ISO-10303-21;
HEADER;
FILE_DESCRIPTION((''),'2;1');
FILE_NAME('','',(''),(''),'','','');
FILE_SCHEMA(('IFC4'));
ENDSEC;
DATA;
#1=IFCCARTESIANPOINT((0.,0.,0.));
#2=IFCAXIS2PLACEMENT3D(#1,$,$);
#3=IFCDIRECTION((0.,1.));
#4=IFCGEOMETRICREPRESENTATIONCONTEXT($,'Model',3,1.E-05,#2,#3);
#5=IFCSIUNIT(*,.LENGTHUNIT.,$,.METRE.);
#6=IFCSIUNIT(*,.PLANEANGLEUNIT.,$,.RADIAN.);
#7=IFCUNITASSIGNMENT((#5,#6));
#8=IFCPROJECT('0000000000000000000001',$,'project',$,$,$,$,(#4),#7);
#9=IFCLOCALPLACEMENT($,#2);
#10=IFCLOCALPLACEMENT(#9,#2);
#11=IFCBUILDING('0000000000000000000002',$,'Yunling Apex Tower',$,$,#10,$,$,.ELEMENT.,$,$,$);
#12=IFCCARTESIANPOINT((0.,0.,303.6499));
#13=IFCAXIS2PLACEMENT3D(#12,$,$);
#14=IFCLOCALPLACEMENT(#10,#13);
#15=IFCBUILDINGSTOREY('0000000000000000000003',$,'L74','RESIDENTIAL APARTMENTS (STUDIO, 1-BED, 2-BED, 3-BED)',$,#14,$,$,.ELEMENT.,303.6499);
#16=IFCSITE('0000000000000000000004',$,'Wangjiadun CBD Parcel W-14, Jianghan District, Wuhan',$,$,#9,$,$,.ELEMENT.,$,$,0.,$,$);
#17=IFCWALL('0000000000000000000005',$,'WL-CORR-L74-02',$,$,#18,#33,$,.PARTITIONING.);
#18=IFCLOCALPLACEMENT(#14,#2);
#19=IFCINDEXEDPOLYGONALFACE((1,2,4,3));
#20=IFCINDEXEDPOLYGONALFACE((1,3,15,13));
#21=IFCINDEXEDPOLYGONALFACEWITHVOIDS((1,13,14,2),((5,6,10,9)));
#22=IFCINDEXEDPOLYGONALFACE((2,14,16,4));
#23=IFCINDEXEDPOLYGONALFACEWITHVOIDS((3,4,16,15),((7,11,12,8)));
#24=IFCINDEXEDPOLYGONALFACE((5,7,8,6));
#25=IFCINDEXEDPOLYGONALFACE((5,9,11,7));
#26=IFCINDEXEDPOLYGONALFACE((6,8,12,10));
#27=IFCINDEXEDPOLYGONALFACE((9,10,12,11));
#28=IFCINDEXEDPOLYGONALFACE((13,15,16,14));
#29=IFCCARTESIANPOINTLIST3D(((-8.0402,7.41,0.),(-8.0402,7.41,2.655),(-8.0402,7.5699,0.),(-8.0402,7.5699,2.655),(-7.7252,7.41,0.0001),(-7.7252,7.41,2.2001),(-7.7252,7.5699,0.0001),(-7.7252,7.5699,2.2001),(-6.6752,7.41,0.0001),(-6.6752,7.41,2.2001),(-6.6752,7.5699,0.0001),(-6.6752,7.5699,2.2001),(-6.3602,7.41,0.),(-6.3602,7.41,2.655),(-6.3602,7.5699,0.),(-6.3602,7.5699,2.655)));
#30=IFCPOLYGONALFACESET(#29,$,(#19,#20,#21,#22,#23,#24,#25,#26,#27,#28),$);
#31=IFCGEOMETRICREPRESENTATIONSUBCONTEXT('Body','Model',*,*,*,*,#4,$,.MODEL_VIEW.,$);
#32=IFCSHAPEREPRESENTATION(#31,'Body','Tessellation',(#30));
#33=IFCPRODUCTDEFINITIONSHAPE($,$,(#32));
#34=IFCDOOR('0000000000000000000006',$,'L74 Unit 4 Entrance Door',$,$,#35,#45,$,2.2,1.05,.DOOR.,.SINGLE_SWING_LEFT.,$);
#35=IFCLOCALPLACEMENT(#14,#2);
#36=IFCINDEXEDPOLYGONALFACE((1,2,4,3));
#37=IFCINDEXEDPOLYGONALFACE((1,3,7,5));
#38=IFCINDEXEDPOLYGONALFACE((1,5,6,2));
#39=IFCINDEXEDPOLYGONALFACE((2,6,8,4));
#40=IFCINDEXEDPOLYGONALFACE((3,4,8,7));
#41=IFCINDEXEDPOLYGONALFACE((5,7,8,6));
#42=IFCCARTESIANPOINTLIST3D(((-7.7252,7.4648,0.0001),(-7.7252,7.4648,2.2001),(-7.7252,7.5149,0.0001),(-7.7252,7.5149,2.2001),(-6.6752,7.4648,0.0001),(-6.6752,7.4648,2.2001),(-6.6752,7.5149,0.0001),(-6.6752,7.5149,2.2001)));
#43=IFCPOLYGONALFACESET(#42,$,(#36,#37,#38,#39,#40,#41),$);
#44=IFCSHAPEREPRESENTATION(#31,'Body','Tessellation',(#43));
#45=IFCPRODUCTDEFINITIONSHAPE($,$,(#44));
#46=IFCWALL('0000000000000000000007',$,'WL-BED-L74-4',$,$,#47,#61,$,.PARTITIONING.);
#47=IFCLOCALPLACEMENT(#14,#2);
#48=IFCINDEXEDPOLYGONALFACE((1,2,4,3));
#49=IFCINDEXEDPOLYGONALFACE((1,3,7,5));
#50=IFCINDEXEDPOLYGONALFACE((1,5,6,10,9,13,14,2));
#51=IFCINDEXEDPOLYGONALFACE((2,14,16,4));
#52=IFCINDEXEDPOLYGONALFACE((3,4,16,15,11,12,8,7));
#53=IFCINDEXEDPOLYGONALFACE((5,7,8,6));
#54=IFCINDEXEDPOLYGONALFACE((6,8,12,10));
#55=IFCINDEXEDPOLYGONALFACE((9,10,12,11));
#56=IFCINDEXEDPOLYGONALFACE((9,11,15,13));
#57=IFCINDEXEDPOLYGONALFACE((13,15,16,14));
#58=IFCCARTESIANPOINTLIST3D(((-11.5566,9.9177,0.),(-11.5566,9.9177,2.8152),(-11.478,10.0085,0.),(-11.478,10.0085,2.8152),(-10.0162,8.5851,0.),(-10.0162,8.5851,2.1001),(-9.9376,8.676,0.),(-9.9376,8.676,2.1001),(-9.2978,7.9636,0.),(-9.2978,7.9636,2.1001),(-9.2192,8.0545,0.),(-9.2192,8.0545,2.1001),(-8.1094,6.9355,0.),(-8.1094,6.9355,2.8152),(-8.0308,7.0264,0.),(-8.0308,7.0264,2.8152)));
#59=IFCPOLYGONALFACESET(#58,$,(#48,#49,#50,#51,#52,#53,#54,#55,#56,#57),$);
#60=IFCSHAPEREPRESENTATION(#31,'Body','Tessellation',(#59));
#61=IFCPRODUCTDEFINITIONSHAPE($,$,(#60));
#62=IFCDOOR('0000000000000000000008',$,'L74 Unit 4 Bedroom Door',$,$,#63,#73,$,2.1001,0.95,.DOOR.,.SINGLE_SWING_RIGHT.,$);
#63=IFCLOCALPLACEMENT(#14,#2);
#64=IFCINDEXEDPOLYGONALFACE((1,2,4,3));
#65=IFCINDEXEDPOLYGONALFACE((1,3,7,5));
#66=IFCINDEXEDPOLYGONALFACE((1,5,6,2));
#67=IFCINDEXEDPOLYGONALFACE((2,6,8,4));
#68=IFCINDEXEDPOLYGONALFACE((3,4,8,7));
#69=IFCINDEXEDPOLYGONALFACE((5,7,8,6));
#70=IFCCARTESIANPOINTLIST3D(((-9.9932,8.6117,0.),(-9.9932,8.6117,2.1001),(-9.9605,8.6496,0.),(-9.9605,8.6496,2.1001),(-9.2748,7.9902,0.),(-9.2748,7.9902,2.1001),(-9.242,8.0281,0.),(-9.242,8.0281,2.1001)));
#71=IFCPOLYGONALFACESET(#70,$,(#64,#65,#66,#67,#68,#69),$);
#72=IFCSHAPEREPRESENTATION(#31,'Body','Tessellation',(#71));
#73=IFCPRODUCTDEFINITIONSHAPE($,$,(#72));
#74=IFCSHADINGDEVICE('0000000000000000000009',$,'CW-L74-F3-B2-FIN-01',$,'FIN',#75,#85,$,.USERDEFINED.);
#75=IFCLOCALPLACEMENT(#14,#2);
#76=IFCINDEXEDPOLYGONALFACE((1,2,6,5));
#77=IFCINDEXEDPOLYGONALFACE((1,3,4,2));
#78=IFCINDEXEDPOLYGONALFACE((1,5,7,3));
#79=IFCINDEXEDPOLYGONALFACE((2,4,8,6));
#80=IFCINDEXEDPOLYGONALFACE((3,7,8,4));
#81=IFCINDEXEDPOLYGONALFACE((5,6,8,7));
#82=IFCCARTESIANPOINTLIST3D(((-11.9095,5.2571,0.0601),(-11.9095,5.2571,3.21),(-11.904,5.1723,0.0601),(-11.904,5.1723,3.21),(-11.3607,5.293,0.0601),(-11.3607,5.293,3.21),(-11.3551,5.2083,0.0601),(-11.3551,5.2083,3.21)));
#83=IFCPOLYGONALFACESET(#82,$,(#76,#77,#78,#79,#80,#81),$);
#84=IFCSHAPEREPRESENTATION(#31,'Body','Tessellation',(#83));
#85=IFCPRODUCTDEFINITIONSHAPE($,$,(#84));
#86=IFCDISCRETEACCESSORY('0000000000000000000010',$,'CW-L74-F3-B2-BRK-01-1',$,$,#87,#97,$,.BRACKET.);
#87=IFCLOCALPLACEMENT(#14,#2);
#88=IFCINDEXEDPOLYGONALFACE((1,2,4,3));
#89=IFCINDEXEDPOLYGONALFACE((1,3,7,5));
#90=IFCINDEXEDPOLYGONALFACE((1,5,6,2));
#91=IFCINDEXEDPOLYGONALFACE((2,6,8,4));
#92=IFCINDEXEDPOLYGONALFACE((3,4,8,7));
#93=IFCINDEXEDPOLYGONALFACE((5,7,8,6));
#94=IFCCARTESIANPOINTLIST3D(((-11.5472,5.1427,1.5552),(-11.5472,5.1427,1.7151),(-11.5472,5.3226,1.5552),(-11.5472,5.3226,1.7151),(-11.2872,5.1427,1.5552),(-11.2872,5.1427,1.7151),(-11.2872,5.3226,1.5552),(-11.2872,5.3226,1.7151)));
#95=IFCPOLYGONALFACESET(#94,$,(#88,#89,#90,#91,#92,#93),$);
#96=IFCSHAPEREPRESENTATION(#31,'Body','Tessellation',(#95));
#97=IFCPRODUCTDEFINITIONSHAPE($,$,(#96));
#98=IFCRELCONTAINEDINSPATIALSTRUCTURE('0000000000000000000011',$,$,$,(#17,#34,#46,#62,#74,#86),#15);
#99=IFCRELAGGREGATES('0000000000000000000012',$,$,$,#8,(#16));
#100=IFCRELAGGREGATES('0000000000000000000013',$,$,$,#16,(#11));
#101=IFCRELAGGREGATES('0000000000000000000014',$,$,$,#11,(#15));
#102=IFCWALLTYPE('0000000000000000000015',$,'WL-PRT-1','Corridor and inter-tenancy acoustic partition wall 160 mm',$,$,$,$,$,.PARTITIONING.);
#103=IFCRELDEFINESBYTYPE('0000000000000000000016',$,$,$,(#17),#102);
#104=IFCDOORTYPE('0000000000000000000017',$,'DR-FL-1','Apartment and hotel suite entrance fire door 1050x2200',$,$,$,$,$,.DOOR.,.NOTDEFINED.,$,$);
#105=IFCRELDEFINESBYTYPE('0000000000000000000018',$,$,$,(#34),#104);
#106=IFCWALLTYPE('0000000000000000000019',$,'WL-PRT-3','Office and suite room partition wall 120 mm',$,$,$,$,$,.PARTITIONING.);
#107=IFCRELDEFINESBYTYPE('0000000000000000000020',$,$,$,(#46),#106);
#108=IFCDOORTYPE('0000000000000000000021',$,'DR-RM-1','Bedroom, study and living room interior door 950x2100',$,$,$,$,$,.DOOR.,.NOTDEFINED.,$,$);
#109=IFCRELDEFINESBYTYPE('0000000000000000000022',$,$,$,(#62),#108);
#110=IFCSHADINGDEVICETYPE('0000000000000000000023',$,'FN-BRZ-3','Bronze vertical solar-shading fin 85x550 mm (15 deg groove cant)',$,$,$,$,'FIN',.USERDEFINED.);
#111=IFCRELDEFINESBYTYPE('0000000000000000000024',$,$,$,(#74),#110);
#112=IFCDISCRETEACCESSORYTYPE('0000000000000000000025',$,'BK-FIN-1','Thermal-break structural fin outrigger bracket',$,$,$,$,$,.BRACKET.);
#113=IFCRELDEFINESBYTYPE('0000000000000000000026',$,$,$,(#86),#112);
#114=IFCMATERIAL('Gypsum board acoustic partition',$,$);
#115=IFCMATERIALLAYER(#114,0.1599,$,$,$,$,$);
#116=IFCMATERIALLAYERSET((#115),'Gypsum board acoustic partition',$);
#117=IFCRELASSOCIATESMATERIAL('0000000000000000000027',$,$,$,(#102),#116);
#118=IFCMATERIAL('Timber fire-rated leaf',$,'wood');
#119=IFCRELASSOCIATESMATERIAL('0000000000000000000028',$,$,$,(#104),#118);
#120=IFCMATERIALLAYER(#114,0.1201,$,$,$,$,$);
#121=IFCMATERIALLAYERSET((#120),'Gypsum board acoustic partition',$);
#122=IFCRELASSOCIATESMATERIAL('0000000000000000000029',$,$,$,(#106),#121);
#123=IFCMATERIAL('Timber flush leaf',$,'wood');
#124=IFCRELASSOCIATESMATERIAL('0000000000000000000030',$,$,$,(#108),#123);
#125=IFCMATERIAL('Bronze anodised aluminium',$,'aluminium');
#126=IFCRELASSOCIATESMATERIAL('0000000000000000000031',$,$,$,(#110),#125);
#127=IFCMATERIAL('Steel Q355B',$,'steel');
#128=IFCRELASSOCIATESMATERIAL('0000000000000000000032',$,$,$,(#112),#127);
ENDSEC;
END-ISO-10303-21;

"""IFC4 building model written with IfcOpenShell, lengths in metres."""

from ifc_helpers import new_model, si_unit, direction, frame, frame_2d, origin, origin_2d, place, context, subcontext, project, spatial, rectangle, extrude, source, transform, mapped, material, layer, layer_set, material_profile, profile_set, type_object, element, fill, save


model = new_model("IFC4")

# Units and contexts
model_context = context("Model", 3, precision=1e-05, world=origin(), true_north=direction((0.0, 1.0)))
body_context = subcontext(model_context, "Body", "Model", "MODEL_VIEW")
ifc_project = project(units=[si_unit("LENGTHUNIT", "METRE"), si_unit("PLANEANGLEUNIT", "RADIAN")], contexts=[model_context])

# Site, building, storey
site_placement = place(None, origin())
site = spatial("IfcSite", under=ifc_project, at=site_placement, Name="Wangjiadun CBD Parcel W-14, Jianghan District, Wuhan", CompositionType="ELEMENT", RefElevation=0.0)
building_placement = place(site_placement, origin())
building = spatial("IfcBuilding", under=site, at=building_placement, Name="Yunling Apex Tower", CompositionType="ELEMENT")
storey_placement = place(building_placement, frame((0.0, 0.0, 303.6499)))
storey = spatial("IfcBuildingStorey", under=building, at=storey_placement, Name="L74", Description="RESIDENTIAL APARTMENTS (STUDIO, 1-BED, 2-BED, 3-BED)", CompositionType="ELEMENT", Elevation=303.6499)

# Shared definitions
ifc_material_1 = material(Name="Steel Q355B", Category="steel")

# Shared definitions
ifc_material_2 = material(Name="Bronze anodised aluminium", Category="aluminium")

# Shared definitions
ifc_material_3 = material(Name="Gypsum board acoustic partition")
ifc_layer_1 = layer(ifc_material_3, 0.1599)
ifc_layer_set_1 = layer_set([ifc_layer_1], Name="Gypsum board acoustic partition")
wall_type_1 = type_object("IfcWallType", Name="WL-PRT-1", Description="Corridor and inter-tenancy acoustic partition wall 160 mm", PredefinedType="PARTITIONING", material=ifc_layer_set_1)

# Walls, openings, doors
wall_1_placement = place(storey_placement, frame((-8.04, 7.49, 0.0), z_axis=(0.0, 0.0, 1.0), x_axis=(1.0, 0.0, 0.0)))
wall_1 = element("IfcWall", 1, at=wall_1_placement, inside=storey, type_object=wall_type_1, Name="WL-CORR-L74-02", PredefinedType="PARTITIONING", context=body_context, shape_type="SweptSolid", body=[
    extrude(rectangle(XDim=1.6799, YDim=0.1599, at=frame_2d((0.8398, 0.0))), origin(), (0.0, 0.0, 1.0), 2.655),
])
opening_1_placement = place(wall_1_placement, frame((0.3149, 0.0, 0.0)))
opening_1 = element("IfcOpeningElement", 2, at=opening_1_placement, cuts=wall_1, PredefinedType="OPENING", context=body_context, shape_type="SweptSolid", body=[
    extrude(rectangle(XDim=1.05, YDim=2.2, at=frame_2d((0.5249, 1.1001))), frame((0.0, 0.0898, 0.0), z_axis=(0.0, -1.0, 0.0), x_axis=(1.0, 0.0, 0.0)), (0.0, 0.0, 1.0), 0.1799),
])
ifc_material_4 = material(Name="Timber fire-rated leaf", Category="wood")
door_type_1 = type_object("IfcDoorType", Name="DR-FL-1", Description="Apartment and hotel suite entrance fire door 1050x2200", OperationType="NOTDEFINED", PredefinedType="DOOR", material=ifc_material_4)
door_1_placement = place(opening_1_placement, origin())
door_1 = element("IfcDoor", 3, at=door_1_placement, inside=storey, type_object=door_type_1, Name="L74 Unit 4 Entrance Door", OperationType="SINGLE_SWING_LEFT", OverallHeight=2.2, OverallWidth=1.05, PredefinedType="DOOR", context=body_context, shape_type="SweptSolid", body=[
    extrude(rectangle(XDim=1.05, YDim=2.2, at=frame_2d((0.5249, 1.1001))), frame((0.0, 0.0249, 0.0), z_axis=(0.0, -1.0, 0.0), x_axis=(1.0, 0.0, 0.0)), (0.0, 0.0, 1.0), 0.05),
])
fill(opening_1, door_1)
ifc_layer_2 = layer(ifc_material_3, 0.1201)
ifc_layer_set_2 = layer_set([ifc_layer_2], Name="Gypsum board acoustic partition")
wall_type_2 = type_object("IfcWallType", Name="WL-PRT-3", Description="Office and suite room partition wall 120 mm", PredefinedType="PARTITIONING", material=ifc_layer_set_2)
wall_2_placement = place(storey_placement, frame((-8.0701, 6.981, 0.0), z_axis=(0.0, 0.0, 1.0), x_axis=(-0.756281, 0.654247, 0.0)))
wall_2 = element("IfcWall", 4, at=wall_2_placement, inside=storey, type_object=wall_type_2, Name="WL-BED-L74-4", PredefinedType="PARTITIONING", context=body_context, shape_type="SweptSolid", body=[
    extrude(rectangle(XDim=4.5581, YDim=0.1201, at=frame_2d((2.2791, 0.0))), origin(), (0.0, 0.0, 1.0), 2.8152),
])
opening_2_placement = place(wall_2_placement, frame((1.5713, 0.0, 0.0)))
opening_2 = element("IfcOpeningElement", 5, at=opening_2_placement, cuts=wall_2, PredefinedType="OPENING", context=body_context, shape_type="SweptSolid", body=[
    extrude(rectangle(XDim=0.95, YDim=2.1001, at=frame_2d((0.4751, 1.05))), frame((0.0, 0.0701, 0.0), z_axis=(0.0, -1.0, 0.0), x_axis=(1.0, 0.0, 0.0)), (0.0, 0.0, 1.0), 0.1401),
])
ifc_material_5 = material(Name="Timber flush leaf", Category="wood")
door_type_2 = type_object("IfcDoorType", Name="DR-RM-1", Description="Bedroom, study and living room interior door 950x2100", OperationType="NOTDEFINED", PredefinedType="DOOR", material=ifc_material_5)
door_2_placement = place(opening_2_placement, origin())
door_2 = element("IfcDoor", 6, at=door_2_placement, inside=storey, type_object=door_type_2, Name="L74 Unit 4 Bedroom Door", OperationType="SINGLE_SWING_RIGHT", OverallHeight=2.1001, OverallWidth=0.95, PredefinedType="DOOR", context=body_context, shape_type="SweptSolid", body=[
    extrude(rectangle(XDim=0.95, YDim=2.1001, at=frame_2d((0.4751, 1.05))), frame((0.0, 0.0249, 0.0), z_axis=(0.0, -1.0, 0.0), x_axis=(1.0, 0.0, 0.0)), (0.0, 0.0, 1.0), 0.05),
])
fill(opening_2, door_2)

# Shading device
ifc_material_profile_1 = material_profile(ifc_material_2, rectangle(XDim=0.085, YDim=0.55, at=origin_2d()))
ifc_profile_set_1 = profile_set([ifc_material_profile_1], Name="Bronze anodised aluminium")
shading_device_type = type_object("IfcShadingDeviceType", Name="FN-BRZ-3", Description="Bronze vertical solar-shading fin 85x550 mm (15 deg groove cant)", ElementType="FIN", PredefinedType="USERDEFINED", material=ifc_profile_set_1)
shared_shape_1 = source(origin(), body_context, "Body", "SweptSolid", [
    extrude(rectangle(XDim=0.085, YDim=0.55, at=origin_2d()), origin(), (0.0, 0.0, 1.0), 3.1499),
])
shading_device_placement = place(storey_placement, frame((-11.6323, 5.2327, 0.0601), z_axis=(0.0, 0.0, 1.0), x_axis=(0.065403, -0.997859, 0.0)))
element("IfcShadingDevice", 7, at=shading_device_placement, inside=storey, type_object=shading_device_type, Name="CW-L74-F3-B2-FIN-01", ObjectType="FIN", PredefinedType="USERDEFINED", context=body_context, shape_type="MappedRepresentation", body=[
    mapped(shared_shape_1, transform((0.0, 0.0, 0.0), scale=1.0)),
])

# Discrete accessory
discrete_accessory_type = type_object("IfcDiscreteAccessoryType", Name="BK-FIN-1", Description="Thermal-break structural fin outrigger bracket", PredefinedType="BRACKET", material=ifc_material_1)
shared_shape_2 = source(origin(), body_context, "Body", "SweptSolid", [
    extrude(rectangle(XDim=0.1799, YDim=0.26, at=origin_2d()), origin(), (0.0, 0.0, 1.0), 0.1599),
])
discrete_accessory_placement = place(storey_placement, frame((-11.4172, 5.2327, 1.5552), z_axis=(0.0, 0.0, 1.0), x_axis=(0.0, -1.0, 0.0)))
element("IfcDiscreteAccessory", 8, at=discrete_accessory_placement, inside=storey, type_object=discrete_accessory_type, Name="CW-L74-F3-B2-BRK-01-1", PredefinedType="BRACKET", context=body_context, shape_type="MappedRepresentation", body=[
    mapped(shared_shape_2, transform((0.0, 0.0, 0.0), scale=1.0)),
])

save(model, "model.ifc")
